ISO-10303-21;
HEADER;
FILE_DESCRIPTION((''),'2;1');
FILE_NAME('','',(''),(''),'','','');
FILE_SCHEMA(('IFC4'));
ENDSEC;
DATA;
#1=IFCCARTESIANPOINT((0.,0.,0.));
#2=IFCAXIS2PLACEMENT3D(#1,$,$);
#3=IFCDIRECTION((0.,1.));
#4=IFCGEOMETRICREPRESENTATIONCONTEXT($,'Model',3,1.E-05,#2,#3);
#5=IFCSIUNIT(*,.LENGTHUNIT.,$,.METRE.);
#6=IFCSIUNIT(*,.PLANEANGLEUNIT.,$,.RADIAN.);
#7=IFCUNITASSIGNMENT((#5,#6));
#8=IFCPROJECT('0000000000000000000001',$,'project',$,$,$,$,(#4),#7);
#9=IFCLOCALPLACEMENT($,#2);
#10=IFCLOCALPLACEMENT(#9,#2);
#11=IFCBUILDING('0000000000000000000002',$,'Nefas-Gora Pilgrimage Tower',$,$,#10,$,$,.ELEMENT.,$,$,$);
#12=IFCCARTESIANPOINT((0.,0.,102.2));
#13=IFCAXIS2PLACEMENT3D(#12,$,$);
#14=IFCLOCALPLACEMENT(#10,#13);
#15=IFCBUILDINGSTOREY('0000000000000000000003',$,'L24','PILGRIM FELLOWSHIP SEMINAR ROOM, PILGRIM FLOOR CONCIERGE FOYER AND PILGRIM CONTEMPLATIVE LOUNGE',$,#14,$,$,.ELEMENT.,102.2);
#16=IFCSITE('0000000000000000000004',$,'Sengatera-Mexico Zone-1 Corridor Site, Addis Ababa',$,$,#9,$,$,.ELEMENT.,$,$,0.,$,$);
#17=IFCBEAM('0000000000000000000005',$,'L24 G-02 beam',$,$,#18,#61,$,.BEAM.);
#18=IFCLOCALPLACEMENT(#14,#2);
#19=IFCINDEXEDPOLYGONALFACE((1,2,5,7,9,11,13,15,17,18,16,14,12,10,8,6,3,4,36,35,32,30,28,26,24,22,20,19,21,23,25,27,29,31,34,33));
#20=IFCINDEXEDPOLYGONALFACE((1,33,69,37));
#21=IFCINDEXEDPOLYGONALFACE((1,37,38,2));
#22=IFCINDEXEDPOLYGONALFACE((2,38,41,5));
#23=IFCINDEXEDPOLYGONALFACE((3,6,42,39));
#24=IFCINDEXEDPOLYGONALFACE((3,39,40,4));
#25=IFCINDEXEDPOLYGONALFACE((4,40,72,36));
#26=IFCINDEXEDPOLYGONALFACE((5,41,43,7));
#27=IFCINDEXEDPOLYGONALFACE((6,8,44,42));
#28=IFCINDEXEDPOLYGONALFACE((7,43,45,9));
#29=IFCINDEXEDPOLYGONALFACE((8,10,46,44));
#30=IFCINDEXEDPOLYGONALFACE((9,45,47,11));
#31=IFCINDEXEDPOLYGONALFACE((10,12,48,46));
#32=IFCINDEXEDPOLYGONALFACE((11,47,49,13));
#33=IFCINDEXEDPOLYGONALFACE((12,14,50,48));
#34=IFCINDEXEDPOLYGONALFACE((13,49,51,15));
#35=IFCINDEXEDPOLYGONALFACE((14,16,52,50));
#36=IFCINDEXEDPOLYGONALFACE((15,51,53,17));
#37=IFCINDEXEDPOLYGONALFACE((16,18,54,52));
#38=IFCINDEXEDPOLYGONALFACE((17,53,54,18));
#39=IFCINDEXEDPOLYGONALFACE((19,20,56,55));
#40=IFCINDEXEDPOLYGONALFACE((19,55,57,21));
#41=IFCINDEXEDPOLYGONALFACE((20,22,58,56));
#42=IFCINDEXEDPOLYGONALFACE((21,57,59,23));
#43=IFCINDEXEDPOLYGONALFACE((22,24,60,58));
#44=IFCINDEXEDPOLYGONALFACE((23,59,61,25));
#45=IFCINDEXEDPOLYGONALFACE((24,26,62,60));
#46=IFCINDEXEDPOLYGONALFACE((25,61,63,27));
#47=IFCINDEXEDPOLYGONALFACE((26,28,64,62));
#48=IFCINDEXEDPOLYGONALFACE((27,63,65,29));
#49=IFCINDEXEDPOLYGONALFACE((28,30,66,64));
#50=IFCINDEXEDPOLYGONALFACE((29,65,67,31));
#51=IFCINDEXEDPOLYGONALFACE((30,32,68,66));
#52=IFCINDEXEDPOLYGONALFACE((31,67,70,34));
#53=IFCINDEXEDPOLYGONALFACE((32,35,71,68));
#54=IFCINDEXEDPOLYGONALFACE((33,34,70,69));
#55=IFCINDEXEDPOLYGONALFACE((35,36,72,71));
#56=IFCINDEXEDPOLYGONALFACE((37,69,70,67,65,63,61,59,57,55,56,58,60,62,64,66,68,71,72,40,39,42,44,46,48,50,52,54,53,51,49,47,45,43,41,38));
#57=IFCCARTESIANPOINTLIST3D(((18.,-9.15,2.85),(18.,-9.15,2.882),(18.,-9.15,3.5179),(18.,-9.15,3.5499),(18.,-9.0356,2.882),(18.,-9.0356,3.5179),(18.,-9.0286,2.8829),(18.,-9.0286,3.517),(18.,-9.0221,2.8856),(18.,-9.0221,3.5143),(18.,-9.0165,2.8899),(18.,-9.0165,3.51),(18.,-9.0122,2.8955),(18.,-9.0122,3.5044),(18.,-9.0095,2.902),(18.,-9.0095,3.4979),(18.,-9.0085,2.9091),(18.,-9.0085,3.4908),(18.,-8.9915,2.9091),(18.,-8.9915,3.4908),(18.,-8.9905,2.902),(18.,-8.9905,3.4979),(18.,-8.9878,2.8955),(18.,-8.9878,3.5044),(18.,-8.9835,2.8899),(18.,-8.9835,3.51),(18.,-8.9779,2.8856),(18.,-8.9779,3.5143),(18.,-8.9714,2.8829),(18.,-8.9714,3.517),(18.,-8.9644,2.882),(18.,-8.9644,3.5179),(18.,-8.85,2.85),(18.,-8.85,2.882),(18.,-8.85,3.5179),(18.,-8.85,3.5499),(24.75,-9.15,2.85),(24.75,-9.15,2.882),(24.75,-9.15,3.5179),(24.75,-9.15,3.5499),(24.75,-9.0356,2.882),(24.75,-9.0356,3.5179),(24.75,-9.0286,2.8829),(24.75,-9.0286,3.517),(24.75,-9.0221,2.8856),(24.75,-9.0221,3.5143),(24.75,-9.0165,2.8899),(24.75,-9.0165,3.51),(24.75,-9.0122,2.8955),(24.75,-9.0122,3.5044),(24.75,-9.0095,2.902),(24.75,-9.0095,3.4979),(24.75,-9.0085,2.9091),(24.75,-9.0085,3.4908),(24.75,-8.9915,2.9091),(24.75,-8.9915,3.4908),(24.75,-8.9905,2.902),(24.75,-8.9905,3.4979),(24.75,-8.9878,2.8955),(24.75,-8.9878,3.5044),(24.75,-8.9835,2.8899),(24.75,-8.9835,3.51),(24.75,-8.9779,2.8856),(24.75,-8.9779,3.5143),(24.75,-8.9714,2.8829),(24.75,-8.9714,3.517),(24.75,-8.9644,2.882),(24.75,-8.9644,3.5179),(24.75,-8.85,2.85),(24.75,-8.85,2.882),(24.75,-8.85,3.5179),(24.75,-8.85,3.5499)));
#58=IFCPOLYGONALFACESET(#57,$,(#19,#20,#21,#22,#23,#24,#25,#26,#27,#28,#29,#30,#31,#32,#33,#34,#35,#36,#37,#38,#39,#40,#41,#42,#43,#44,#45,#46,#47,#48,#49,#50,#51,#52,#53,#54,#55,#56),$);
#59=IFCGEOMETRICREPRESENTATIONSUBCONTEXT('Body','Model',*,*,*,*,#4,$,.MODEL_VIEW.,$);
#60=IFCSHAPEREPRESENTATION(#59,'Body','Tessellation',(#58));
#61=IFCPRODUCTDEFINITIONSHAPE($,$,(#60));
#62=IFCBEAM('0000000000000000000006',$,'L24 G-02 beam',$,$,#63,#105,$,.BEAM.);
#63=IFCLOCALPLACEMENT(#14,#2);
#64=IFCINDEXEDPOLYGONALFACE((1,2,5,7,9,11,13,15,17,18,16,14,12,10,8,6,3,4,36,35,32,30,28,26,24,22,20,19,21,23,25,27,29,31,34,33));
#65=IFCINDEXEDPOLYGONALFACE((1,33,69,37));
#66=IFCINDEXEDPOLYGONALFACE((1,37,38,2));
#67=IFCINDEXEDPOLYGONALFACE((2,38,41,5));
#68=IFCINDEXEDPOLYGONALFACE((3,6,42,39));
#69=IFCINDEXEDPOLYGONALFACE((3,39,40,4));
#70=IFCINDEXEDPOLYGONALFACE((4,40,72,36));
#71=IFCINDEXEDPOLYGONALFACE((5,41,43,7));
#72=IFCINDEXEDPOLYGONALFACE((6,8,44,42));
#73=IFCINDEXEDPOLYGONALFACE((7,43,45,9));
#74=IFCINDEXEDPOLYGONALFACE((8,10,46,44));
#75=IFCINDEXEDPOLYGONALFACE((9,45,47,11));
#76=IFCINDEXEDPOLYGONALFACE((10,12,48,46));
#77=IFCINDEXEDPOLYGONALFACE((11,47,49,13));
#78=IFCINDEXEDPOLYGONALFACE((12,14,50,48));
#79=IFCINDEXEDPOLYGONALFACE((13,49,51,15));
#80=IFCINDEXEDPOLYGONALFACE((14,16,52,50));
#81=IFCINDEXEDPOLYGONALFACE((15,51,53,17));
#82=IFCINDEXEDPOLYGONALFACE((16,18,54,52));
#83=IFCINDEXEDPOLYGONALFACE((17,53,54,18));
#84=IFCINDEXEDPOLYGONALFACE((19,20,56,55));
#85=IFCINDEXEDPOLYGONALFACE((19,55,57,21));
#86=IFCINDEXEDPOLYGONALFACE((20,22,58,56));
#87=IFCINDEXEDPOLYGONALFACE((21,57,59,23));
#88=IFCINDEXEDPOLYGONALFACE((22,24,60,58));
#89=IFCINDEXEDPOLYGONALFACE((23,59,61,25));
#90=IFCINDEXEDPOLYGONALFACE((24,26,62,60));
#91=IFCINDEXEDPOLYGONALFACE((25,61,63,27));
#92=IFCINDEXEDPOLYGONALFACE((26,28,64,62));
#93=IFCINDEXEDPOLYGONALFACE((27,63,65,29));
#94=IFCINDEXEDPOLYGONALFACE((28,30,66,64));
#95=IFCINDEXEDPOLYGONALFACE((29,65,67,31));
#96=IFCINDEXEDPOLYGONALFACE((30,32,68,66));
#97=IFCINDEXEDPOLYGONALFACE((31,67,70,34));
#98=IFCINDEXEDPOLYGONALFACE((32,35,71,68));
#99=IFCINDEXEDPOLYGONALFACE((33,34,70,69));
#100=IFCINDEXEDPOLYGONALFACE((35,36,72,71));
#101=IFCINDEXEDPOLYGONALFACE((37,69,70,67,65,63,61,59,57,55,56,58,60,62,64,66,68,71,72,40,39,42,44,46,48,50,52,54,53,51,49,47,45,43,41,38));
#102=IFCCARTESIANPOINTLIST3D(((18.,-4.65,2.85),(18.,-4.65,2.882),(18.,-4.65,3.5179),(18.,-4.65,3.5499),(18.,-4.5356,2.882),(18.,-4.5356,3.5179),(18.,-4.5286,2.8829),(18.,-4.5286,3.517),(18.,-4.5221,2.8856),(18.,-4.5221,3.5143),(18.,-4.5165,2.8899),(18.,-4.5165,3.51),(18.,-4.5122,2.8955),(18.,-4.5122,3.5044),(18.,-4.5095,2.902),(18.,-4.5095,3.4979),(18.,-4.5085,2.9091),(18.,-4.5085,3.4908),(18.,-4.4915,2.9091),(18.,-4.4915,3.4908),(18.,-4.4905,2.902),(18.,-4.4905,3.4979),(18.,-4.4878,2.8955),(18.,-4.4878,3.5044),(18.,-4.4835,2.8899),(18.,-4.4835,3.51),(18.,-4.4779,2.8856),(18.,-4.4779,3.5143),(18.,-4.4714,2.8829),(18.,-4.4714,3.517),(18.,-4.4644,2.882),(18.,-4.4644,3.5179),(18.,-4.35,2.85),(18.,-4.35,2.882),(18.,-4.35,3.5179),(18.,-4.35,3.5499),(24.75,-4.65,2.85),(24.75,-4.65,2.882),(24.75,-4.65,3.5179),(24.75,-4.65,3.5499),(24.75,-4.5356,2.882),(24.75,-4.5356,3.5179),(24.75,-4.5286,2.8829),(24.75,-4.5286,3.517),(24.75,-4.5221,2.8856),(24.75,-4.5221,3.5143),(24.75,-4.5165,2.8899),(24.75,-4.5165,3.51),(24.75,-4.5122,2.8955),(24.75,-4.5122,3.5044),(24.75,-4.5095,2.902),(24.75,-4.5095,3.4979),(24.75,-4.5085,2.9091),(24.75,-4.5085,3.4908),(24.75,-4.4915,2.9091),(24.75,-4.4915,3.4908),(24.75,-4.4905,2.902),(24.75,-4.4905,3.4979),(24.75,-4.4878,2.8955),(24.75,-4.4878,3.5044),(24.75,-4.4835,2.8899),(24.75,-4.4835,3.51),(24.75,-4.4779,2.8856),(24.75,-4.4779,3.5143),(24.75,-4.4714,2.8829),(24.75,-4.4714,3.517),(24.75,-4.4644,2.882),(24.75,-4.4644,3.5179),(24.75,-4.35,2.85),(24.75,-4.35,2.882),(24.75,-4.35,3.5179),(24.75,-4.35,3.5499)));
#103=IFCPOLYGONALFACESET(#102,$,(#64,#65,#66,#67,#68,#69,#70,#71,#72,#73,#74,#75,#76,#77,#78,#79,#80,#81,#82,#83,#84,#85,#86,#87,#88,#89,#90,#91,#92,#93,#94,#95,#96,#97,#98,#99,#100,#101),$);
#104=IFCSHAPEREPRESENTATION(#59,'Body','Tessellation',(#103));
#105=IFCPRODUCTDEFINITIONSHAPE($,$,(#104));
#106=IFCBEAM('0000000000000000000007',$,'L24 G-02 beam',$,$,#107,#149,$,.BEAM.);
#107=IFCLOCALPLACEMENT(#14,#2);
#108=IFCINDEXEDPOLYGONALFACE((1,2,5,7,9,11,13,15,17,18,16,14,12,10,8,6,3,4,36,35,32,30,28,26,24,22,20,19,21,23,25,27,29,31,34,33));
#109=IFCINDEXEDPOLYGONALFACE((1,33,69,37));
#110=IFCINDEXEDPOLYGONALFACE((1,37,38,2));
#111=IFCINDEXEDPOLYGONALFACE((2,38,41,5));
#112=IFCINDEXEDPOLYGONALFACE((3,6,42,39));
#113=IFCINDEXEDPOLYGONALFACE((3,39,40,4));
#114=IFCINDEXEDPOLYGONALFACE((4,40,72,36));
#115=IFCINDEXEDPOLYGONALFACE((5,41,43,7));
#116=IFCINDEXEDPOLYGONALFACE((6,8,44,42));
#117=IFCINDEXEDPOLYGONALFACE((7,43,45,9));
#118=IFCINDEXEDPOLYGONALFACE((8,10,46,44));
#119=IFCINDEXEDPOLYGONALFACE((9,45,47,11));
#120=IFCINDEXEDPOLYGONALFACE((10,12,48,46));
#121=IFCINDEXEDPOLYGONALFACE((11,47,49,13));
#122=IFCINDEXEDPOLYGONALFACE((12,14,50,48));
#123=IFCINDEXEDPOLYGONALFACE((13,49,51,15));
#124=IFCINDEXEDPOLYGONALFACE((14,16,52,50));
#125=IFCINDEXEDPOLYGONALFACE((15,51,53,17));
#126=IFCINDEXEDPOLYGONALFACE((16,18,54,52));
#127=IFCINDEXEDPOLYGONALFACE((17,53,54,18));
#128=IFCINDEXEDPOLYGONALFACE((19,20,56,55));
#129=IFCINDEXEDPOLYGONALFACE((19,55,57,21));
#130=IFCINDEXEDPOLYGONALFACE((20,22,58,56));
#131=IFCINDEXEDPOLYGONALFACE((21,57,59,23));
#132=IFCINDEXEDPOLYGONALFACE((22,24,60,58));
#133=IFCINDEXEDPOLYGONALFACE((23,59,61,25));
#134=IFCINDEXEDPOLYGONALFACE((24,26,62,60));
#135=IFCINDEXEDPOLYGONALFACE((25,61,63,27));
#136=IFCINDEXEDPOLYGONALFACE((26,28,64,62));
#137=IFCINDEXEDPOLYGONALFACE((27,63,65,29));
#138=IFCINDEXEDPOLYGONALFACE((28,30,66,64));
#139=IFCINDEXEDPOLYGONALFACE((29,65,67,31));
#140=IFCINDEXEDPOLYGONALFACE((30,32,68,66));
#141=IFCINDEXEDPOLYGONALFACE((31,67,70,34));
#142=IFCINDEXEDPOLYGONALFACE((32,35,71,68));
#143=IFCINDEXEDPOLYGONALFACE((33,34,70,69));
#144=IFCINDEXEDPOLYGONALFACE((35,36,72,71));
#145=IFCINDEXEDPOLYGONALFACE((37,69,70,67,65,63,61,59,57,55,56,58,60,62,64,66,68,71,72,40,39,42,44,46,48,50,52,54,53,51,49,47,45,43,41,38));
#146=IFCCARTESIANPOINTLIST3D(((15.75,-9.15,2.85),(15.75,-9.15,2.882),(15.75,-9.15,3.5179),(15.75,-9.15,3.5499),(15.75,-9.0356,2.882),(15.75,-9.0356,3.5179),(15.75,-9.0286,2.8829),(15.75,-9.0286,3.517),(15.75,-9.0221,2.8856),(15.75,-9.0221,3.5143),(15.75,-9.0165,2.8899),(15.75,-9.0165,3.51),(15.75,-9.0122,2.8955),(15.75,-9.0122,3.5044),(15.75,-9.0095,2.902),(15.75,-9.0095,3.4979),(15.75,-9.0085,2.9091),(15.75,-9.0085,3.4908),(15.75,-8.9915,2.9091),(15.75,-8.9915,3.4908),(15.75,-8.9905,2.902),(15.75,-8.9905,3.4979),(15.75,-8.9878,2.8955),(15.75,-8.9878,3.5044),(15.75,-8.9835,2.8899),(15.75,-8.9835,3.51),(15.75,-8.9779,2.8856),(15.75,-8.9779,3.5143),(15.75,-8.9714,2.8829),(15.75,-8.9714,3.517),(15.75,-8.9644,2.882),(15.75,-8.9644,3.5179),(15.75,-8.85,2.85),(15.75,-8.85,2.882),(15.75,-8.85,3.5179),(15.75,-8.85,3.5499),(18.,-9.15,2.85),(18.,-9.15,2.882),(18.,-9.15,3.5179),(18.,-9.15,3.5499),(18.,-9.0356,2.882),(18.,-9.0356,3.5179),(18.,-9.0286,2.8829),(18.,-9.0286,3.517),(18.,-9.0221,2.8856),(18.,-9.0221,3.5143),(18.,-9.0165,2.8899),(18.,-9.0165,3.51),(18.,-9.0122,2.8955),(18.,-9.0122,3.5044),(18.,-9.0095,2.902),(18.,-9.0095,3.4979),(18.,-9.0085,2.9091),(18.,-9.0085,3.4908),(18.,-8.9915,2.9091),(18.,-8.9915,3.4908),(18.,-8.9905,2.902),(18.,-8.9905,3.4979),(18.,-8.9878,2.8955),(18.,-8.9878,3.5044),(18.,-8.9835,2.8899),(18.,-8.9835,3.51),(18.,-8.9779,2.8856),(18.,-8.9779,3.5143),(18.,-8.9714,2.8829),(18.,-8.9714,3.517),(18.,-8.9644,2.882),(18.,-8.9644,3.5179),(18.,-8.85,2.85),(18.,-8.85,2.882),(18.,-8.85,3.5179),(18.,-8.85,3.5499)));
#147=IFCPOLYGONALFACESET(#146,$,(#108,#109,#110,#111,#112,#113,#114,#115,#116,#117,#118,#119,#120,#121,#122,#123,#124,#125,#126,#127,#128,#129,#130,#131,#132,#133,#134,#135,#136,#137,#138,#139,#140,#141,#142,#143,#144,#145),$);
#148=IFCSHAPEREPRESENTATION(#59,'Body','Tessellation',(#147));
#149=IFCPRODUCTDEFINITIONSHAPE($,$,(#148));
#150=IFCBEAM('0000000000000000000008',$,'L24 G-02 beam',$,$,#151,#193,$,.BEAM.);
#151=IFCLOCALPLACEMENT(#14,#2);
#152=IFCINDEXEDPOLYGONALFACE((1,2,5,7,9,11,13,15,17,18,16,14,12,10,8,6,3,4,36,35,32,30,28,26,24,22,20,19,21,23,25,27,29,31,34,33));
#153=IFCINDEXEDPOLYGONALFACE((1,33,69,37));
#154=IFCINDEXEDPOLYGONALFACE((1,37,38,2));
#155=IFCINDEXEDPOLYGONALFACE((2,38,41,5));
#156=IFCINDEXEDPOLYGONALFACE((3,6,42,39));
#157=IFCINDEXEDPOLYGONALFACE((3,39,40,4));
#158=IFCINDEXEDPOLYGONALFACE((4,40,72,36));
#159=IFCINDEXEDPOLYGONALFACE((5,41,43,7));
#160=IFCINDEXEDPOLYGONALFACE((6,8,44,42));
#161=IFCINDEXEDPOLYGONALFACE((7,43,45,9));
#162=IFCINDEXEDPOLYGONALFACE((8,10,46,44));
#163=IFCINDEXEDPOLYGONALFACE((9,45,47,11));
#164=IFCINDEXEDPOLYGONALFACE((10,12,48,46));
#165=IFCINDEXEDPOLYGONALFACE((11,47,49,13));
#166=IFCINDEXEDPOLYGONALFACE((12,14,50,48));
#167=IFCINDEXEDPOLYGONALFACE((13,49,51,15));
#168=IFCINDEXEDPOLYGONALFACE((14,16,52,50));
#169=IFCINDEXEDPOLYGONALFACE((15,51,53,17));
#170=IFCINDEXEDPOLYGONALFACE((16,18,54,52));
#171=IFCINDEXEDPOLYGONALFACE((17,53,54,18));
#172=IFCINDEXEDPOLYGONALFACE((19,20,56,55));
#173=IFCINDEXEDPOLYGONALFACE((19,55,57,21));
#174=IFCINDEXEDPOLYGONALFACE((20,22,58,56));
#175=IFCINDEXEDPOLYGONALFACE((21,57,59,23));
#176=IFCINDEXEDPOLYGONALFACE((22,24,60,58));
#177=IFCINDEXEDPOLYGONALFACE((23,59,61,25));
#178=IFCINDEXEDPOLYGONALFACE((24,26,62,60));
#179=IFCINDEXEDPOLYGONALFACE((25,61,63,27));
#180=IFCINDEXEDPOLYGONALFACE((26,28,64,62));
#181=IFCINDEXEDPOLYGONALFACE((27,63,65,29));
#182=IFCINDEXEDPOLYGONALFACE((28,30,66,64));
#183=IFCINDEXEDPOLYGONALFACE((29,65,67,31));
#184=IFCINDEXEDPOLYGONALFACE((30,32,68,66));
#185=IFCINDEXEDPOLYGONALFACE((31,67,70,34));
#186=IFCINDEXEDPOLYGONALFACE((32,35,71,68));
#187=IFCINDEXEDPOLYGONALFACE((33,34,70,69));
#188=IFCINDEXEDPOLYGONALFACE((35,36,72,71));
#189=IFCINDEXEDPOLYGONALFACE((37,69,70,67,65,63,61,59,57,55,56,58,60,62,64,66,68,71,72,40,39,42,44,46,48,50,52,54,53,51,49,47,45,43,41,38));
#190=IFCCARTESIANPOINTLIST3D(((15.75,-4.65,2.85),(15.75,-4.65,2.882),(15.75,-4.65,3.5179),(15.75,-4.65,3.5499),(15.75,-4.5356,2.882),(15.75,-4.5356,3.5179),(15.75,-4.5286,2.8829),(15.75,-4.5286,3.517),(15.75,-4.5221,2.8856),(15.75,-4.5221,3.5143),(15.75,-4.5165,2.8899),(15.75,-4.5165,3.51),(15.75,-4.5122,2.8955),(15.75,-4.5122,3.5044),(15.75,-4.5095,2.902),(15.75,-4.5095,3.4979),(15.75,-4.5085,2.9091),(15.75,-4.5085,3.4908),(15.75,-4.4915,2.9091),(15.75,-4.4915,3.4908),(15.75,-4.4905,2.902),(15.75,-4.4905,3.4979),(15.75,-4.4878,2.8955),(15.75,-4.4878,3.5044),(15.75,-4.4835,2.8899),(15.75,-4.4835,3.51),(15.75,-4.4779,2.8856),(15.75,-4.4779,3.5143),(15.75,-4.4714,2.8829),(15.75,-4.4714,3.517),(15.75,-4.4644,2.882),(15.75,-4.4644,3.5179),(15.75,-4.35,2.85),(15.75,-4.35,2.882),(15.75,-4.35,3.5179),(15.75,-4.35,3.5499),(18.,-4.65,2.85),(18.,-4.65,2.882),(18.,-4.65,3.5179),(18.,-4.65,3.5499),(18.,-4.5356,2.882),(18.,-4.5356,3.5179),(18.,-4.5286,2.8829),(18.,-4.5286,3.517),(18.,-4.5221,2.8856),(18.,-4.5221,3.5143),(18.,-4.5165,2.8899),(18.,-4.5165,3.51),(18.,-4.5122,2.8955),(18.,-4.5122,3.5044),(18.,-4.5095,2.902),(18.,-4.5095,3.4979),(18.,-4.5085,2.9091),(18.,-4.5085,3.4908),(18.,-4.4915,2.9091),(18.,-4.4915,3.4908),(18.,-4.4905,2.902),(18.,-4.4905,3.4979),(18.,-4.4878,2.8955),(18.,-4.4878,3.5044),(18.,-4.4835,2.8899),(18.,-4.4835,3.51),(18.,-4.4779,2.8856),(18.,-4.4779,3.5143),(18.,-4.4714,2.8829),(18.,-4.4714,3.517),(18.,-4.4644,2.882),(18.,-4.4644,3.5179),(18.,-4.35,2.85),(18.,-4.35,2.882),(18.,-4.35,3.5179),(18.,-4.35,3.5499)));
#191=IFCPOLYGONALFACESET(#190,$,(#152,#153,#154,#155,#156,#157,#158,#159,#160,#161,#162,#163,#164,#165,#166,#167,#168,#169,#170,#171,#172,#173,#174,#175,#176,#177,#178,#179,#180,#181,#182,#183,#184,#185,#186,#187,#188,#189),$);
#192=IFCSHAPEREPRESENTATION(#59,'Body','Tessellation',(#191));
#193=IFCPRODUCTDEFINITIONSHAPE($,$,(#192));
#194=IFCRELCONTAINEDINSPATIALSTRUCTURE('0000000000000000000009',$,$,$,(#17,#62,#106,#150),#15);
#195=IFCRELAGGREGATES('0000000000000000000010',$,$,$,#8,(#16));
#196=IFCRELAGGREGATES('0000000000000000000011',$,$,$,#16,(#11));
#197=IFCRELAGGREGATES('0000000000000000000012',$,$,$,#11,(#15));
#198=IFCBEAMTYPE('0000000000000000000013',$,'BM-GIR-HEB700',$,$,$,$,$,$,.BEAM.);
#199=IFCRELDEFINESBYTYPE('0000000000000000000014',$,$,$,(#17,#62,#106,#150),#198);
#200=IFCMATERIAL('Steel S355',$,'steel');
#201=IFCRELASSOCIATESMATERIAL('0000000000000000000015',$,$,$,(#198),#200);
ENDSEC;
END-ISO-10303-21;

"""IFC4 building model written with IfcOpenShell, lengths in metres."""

from ifc_helpers import new_model, si_unit, direction, frame, origin, origin_2d, place, context, subcontext, project, spatial, i_section, extrude, source, transform, mapped, material, material_profile, profile_set, type_object, element, save


model = new_model("IFC4")

# Units and contexts
model_context = context("Model", 3, precision=1e-05, world=origin(), true_north=direction((0.0, 1.0)))
body_context = subcontext(model_context, "Body", "Model", "MODEL_VIEW")
ifc_project = project(units=[si_unit("LENGTHUNIT", "METRE"), si_unit("PLANEANGLEUNIT", "RADIAN")], contexts=[model_context])

# Site, building, storey
site_placement = place(None, origin())
site = spatial("IfcSite", under=ifc_project, at=site_placement, Name="Sengatera-Mexico Zone-1 Corridor Site, Addis Ababa", CompositionType="ELEMENT", RefElevation=0.0)
building_placement = place(site_placement, origin())
building = spatial("IfcBuilding", under=site, at=building_placement, Name="Nefas-Gora Pilgrimage Tower", CompositionType="ELEMENT")
storey_placement = place(building_placement, frame((0.0, 0.0, 102.2)))
storey = spatial("IfcBuildingStorey", under=building, at=storey_placement, Name="L24", Description="PILGRIM FELLOWSHIP SEMINAR ROOM, PILGRIM FLOOR CONCIERGE FOYER AND PILGRIM CONTEMPLATIVE LOUNGE", CompositionType="ELEMENT", Elevation=102.2)

# Beams
ifc_material_1 = material(Name="Steel S355", Category="steel")
ifc_material_profile_1 = material_profile(ifc_material_1, i_section(OverallWidth=0.3, OverallDepth=0.7, WebThickness=0.0171, FlangeThickness=0.032, FilletRadius=0.0271, at=origin_2d()), Name="HEB 700")
ifc_profile_set_1 = profile_set([ifc_material_profile_1], Name="Steel S355")
beam_type_1 = type_object("IfcBeamType", Name="BM-GIR-HEB700", PredefinedType="BEAM", material=ifc_profile_set_1)
shared_shape_1 = source(origin(), body_context, "Body", "SweptSolid", [
    extrude(i_section(OverallWidth=0.3, OverallDepth=0.7, WebThickness=0.0171, FlangeThickness=0.032, FilletRadius=0.0271, at=origin_2d()), origin(), (0.0, 0.0, 1.0), 6.75),
])
for number, where, z_axis, x_axis, name in (
    (1, (18.0, -9.0, 3.2), (1.0, 0.0, 0.0), (0.0, 1.0, 0.0), "L24 G-02 beam"),
    (2, (18.0, -4.5, 3.2), (1.0, 0.0, 0.0), (0.0, 1.0, 0.0), "L24 G-02 beam"),
):
    element("IfcBeam", number, at=place(storey_placement, frame(where, z_axis=z_axis, x_axis=x_axis)), inside=storey, type_object=beam_type_1, Name=name, PredefinedType="BEAM", context=body_context, shape_type="MappedRepresentation", body=[
        mapped(shared_shape_1, transform((0.0, 0.0, 0.0), x_axis=(1.0, 0.0, 0.0), y_axis=(0.0, 1.0, 0.0), z_axis=(0.0, 0.0, 1.0), scale=1.0)),
    ])
shared_shape_2 = source(origin(), body_context, "Body", "SweptSolid", [
    extrude(i_section(OverallWidth=0.3, OverallDepth=0.7, WebThickness=0.0171, FlangeThickness=0.032, FilletRadius=0.0271, at=origin_2d()), origin(), (0.0, 0.0, 1.0), 2.25),
])
for number, where, z_axis, x_axis, name in (
    (3, (15.75, -9.0, 3.2), (1.0, 0.0, 0.0), (0.0, 1.0, 0.0), "L24 G-02 beam"),
    (4, (15.75, -4.5, 3.2), (1.0, 0.0, 0.0), (0.0, 1.0, 0.0), "L24 G-02 beam"),
):
    element("IfcBeam", number, at=place(storey_placement, frame(where, z_axis=z_axis, x_axis=x_axis)), inside=storey, type_object=beam_type_1, Name=name, PredefinedType="BEAM", context=body_context, shape_type="MappedRepresentation", body=[
        mapped(shared_shape_2, transform((0.0, 0.0, 0.0), x_axis=(1.0, 0.0, 0.0), y_axis=(0.0, 1.0, 0.0), z_axis=(0.0, 0.0, 1.0), scale=1.0)),
    ])

save(model, "model.ifc")
